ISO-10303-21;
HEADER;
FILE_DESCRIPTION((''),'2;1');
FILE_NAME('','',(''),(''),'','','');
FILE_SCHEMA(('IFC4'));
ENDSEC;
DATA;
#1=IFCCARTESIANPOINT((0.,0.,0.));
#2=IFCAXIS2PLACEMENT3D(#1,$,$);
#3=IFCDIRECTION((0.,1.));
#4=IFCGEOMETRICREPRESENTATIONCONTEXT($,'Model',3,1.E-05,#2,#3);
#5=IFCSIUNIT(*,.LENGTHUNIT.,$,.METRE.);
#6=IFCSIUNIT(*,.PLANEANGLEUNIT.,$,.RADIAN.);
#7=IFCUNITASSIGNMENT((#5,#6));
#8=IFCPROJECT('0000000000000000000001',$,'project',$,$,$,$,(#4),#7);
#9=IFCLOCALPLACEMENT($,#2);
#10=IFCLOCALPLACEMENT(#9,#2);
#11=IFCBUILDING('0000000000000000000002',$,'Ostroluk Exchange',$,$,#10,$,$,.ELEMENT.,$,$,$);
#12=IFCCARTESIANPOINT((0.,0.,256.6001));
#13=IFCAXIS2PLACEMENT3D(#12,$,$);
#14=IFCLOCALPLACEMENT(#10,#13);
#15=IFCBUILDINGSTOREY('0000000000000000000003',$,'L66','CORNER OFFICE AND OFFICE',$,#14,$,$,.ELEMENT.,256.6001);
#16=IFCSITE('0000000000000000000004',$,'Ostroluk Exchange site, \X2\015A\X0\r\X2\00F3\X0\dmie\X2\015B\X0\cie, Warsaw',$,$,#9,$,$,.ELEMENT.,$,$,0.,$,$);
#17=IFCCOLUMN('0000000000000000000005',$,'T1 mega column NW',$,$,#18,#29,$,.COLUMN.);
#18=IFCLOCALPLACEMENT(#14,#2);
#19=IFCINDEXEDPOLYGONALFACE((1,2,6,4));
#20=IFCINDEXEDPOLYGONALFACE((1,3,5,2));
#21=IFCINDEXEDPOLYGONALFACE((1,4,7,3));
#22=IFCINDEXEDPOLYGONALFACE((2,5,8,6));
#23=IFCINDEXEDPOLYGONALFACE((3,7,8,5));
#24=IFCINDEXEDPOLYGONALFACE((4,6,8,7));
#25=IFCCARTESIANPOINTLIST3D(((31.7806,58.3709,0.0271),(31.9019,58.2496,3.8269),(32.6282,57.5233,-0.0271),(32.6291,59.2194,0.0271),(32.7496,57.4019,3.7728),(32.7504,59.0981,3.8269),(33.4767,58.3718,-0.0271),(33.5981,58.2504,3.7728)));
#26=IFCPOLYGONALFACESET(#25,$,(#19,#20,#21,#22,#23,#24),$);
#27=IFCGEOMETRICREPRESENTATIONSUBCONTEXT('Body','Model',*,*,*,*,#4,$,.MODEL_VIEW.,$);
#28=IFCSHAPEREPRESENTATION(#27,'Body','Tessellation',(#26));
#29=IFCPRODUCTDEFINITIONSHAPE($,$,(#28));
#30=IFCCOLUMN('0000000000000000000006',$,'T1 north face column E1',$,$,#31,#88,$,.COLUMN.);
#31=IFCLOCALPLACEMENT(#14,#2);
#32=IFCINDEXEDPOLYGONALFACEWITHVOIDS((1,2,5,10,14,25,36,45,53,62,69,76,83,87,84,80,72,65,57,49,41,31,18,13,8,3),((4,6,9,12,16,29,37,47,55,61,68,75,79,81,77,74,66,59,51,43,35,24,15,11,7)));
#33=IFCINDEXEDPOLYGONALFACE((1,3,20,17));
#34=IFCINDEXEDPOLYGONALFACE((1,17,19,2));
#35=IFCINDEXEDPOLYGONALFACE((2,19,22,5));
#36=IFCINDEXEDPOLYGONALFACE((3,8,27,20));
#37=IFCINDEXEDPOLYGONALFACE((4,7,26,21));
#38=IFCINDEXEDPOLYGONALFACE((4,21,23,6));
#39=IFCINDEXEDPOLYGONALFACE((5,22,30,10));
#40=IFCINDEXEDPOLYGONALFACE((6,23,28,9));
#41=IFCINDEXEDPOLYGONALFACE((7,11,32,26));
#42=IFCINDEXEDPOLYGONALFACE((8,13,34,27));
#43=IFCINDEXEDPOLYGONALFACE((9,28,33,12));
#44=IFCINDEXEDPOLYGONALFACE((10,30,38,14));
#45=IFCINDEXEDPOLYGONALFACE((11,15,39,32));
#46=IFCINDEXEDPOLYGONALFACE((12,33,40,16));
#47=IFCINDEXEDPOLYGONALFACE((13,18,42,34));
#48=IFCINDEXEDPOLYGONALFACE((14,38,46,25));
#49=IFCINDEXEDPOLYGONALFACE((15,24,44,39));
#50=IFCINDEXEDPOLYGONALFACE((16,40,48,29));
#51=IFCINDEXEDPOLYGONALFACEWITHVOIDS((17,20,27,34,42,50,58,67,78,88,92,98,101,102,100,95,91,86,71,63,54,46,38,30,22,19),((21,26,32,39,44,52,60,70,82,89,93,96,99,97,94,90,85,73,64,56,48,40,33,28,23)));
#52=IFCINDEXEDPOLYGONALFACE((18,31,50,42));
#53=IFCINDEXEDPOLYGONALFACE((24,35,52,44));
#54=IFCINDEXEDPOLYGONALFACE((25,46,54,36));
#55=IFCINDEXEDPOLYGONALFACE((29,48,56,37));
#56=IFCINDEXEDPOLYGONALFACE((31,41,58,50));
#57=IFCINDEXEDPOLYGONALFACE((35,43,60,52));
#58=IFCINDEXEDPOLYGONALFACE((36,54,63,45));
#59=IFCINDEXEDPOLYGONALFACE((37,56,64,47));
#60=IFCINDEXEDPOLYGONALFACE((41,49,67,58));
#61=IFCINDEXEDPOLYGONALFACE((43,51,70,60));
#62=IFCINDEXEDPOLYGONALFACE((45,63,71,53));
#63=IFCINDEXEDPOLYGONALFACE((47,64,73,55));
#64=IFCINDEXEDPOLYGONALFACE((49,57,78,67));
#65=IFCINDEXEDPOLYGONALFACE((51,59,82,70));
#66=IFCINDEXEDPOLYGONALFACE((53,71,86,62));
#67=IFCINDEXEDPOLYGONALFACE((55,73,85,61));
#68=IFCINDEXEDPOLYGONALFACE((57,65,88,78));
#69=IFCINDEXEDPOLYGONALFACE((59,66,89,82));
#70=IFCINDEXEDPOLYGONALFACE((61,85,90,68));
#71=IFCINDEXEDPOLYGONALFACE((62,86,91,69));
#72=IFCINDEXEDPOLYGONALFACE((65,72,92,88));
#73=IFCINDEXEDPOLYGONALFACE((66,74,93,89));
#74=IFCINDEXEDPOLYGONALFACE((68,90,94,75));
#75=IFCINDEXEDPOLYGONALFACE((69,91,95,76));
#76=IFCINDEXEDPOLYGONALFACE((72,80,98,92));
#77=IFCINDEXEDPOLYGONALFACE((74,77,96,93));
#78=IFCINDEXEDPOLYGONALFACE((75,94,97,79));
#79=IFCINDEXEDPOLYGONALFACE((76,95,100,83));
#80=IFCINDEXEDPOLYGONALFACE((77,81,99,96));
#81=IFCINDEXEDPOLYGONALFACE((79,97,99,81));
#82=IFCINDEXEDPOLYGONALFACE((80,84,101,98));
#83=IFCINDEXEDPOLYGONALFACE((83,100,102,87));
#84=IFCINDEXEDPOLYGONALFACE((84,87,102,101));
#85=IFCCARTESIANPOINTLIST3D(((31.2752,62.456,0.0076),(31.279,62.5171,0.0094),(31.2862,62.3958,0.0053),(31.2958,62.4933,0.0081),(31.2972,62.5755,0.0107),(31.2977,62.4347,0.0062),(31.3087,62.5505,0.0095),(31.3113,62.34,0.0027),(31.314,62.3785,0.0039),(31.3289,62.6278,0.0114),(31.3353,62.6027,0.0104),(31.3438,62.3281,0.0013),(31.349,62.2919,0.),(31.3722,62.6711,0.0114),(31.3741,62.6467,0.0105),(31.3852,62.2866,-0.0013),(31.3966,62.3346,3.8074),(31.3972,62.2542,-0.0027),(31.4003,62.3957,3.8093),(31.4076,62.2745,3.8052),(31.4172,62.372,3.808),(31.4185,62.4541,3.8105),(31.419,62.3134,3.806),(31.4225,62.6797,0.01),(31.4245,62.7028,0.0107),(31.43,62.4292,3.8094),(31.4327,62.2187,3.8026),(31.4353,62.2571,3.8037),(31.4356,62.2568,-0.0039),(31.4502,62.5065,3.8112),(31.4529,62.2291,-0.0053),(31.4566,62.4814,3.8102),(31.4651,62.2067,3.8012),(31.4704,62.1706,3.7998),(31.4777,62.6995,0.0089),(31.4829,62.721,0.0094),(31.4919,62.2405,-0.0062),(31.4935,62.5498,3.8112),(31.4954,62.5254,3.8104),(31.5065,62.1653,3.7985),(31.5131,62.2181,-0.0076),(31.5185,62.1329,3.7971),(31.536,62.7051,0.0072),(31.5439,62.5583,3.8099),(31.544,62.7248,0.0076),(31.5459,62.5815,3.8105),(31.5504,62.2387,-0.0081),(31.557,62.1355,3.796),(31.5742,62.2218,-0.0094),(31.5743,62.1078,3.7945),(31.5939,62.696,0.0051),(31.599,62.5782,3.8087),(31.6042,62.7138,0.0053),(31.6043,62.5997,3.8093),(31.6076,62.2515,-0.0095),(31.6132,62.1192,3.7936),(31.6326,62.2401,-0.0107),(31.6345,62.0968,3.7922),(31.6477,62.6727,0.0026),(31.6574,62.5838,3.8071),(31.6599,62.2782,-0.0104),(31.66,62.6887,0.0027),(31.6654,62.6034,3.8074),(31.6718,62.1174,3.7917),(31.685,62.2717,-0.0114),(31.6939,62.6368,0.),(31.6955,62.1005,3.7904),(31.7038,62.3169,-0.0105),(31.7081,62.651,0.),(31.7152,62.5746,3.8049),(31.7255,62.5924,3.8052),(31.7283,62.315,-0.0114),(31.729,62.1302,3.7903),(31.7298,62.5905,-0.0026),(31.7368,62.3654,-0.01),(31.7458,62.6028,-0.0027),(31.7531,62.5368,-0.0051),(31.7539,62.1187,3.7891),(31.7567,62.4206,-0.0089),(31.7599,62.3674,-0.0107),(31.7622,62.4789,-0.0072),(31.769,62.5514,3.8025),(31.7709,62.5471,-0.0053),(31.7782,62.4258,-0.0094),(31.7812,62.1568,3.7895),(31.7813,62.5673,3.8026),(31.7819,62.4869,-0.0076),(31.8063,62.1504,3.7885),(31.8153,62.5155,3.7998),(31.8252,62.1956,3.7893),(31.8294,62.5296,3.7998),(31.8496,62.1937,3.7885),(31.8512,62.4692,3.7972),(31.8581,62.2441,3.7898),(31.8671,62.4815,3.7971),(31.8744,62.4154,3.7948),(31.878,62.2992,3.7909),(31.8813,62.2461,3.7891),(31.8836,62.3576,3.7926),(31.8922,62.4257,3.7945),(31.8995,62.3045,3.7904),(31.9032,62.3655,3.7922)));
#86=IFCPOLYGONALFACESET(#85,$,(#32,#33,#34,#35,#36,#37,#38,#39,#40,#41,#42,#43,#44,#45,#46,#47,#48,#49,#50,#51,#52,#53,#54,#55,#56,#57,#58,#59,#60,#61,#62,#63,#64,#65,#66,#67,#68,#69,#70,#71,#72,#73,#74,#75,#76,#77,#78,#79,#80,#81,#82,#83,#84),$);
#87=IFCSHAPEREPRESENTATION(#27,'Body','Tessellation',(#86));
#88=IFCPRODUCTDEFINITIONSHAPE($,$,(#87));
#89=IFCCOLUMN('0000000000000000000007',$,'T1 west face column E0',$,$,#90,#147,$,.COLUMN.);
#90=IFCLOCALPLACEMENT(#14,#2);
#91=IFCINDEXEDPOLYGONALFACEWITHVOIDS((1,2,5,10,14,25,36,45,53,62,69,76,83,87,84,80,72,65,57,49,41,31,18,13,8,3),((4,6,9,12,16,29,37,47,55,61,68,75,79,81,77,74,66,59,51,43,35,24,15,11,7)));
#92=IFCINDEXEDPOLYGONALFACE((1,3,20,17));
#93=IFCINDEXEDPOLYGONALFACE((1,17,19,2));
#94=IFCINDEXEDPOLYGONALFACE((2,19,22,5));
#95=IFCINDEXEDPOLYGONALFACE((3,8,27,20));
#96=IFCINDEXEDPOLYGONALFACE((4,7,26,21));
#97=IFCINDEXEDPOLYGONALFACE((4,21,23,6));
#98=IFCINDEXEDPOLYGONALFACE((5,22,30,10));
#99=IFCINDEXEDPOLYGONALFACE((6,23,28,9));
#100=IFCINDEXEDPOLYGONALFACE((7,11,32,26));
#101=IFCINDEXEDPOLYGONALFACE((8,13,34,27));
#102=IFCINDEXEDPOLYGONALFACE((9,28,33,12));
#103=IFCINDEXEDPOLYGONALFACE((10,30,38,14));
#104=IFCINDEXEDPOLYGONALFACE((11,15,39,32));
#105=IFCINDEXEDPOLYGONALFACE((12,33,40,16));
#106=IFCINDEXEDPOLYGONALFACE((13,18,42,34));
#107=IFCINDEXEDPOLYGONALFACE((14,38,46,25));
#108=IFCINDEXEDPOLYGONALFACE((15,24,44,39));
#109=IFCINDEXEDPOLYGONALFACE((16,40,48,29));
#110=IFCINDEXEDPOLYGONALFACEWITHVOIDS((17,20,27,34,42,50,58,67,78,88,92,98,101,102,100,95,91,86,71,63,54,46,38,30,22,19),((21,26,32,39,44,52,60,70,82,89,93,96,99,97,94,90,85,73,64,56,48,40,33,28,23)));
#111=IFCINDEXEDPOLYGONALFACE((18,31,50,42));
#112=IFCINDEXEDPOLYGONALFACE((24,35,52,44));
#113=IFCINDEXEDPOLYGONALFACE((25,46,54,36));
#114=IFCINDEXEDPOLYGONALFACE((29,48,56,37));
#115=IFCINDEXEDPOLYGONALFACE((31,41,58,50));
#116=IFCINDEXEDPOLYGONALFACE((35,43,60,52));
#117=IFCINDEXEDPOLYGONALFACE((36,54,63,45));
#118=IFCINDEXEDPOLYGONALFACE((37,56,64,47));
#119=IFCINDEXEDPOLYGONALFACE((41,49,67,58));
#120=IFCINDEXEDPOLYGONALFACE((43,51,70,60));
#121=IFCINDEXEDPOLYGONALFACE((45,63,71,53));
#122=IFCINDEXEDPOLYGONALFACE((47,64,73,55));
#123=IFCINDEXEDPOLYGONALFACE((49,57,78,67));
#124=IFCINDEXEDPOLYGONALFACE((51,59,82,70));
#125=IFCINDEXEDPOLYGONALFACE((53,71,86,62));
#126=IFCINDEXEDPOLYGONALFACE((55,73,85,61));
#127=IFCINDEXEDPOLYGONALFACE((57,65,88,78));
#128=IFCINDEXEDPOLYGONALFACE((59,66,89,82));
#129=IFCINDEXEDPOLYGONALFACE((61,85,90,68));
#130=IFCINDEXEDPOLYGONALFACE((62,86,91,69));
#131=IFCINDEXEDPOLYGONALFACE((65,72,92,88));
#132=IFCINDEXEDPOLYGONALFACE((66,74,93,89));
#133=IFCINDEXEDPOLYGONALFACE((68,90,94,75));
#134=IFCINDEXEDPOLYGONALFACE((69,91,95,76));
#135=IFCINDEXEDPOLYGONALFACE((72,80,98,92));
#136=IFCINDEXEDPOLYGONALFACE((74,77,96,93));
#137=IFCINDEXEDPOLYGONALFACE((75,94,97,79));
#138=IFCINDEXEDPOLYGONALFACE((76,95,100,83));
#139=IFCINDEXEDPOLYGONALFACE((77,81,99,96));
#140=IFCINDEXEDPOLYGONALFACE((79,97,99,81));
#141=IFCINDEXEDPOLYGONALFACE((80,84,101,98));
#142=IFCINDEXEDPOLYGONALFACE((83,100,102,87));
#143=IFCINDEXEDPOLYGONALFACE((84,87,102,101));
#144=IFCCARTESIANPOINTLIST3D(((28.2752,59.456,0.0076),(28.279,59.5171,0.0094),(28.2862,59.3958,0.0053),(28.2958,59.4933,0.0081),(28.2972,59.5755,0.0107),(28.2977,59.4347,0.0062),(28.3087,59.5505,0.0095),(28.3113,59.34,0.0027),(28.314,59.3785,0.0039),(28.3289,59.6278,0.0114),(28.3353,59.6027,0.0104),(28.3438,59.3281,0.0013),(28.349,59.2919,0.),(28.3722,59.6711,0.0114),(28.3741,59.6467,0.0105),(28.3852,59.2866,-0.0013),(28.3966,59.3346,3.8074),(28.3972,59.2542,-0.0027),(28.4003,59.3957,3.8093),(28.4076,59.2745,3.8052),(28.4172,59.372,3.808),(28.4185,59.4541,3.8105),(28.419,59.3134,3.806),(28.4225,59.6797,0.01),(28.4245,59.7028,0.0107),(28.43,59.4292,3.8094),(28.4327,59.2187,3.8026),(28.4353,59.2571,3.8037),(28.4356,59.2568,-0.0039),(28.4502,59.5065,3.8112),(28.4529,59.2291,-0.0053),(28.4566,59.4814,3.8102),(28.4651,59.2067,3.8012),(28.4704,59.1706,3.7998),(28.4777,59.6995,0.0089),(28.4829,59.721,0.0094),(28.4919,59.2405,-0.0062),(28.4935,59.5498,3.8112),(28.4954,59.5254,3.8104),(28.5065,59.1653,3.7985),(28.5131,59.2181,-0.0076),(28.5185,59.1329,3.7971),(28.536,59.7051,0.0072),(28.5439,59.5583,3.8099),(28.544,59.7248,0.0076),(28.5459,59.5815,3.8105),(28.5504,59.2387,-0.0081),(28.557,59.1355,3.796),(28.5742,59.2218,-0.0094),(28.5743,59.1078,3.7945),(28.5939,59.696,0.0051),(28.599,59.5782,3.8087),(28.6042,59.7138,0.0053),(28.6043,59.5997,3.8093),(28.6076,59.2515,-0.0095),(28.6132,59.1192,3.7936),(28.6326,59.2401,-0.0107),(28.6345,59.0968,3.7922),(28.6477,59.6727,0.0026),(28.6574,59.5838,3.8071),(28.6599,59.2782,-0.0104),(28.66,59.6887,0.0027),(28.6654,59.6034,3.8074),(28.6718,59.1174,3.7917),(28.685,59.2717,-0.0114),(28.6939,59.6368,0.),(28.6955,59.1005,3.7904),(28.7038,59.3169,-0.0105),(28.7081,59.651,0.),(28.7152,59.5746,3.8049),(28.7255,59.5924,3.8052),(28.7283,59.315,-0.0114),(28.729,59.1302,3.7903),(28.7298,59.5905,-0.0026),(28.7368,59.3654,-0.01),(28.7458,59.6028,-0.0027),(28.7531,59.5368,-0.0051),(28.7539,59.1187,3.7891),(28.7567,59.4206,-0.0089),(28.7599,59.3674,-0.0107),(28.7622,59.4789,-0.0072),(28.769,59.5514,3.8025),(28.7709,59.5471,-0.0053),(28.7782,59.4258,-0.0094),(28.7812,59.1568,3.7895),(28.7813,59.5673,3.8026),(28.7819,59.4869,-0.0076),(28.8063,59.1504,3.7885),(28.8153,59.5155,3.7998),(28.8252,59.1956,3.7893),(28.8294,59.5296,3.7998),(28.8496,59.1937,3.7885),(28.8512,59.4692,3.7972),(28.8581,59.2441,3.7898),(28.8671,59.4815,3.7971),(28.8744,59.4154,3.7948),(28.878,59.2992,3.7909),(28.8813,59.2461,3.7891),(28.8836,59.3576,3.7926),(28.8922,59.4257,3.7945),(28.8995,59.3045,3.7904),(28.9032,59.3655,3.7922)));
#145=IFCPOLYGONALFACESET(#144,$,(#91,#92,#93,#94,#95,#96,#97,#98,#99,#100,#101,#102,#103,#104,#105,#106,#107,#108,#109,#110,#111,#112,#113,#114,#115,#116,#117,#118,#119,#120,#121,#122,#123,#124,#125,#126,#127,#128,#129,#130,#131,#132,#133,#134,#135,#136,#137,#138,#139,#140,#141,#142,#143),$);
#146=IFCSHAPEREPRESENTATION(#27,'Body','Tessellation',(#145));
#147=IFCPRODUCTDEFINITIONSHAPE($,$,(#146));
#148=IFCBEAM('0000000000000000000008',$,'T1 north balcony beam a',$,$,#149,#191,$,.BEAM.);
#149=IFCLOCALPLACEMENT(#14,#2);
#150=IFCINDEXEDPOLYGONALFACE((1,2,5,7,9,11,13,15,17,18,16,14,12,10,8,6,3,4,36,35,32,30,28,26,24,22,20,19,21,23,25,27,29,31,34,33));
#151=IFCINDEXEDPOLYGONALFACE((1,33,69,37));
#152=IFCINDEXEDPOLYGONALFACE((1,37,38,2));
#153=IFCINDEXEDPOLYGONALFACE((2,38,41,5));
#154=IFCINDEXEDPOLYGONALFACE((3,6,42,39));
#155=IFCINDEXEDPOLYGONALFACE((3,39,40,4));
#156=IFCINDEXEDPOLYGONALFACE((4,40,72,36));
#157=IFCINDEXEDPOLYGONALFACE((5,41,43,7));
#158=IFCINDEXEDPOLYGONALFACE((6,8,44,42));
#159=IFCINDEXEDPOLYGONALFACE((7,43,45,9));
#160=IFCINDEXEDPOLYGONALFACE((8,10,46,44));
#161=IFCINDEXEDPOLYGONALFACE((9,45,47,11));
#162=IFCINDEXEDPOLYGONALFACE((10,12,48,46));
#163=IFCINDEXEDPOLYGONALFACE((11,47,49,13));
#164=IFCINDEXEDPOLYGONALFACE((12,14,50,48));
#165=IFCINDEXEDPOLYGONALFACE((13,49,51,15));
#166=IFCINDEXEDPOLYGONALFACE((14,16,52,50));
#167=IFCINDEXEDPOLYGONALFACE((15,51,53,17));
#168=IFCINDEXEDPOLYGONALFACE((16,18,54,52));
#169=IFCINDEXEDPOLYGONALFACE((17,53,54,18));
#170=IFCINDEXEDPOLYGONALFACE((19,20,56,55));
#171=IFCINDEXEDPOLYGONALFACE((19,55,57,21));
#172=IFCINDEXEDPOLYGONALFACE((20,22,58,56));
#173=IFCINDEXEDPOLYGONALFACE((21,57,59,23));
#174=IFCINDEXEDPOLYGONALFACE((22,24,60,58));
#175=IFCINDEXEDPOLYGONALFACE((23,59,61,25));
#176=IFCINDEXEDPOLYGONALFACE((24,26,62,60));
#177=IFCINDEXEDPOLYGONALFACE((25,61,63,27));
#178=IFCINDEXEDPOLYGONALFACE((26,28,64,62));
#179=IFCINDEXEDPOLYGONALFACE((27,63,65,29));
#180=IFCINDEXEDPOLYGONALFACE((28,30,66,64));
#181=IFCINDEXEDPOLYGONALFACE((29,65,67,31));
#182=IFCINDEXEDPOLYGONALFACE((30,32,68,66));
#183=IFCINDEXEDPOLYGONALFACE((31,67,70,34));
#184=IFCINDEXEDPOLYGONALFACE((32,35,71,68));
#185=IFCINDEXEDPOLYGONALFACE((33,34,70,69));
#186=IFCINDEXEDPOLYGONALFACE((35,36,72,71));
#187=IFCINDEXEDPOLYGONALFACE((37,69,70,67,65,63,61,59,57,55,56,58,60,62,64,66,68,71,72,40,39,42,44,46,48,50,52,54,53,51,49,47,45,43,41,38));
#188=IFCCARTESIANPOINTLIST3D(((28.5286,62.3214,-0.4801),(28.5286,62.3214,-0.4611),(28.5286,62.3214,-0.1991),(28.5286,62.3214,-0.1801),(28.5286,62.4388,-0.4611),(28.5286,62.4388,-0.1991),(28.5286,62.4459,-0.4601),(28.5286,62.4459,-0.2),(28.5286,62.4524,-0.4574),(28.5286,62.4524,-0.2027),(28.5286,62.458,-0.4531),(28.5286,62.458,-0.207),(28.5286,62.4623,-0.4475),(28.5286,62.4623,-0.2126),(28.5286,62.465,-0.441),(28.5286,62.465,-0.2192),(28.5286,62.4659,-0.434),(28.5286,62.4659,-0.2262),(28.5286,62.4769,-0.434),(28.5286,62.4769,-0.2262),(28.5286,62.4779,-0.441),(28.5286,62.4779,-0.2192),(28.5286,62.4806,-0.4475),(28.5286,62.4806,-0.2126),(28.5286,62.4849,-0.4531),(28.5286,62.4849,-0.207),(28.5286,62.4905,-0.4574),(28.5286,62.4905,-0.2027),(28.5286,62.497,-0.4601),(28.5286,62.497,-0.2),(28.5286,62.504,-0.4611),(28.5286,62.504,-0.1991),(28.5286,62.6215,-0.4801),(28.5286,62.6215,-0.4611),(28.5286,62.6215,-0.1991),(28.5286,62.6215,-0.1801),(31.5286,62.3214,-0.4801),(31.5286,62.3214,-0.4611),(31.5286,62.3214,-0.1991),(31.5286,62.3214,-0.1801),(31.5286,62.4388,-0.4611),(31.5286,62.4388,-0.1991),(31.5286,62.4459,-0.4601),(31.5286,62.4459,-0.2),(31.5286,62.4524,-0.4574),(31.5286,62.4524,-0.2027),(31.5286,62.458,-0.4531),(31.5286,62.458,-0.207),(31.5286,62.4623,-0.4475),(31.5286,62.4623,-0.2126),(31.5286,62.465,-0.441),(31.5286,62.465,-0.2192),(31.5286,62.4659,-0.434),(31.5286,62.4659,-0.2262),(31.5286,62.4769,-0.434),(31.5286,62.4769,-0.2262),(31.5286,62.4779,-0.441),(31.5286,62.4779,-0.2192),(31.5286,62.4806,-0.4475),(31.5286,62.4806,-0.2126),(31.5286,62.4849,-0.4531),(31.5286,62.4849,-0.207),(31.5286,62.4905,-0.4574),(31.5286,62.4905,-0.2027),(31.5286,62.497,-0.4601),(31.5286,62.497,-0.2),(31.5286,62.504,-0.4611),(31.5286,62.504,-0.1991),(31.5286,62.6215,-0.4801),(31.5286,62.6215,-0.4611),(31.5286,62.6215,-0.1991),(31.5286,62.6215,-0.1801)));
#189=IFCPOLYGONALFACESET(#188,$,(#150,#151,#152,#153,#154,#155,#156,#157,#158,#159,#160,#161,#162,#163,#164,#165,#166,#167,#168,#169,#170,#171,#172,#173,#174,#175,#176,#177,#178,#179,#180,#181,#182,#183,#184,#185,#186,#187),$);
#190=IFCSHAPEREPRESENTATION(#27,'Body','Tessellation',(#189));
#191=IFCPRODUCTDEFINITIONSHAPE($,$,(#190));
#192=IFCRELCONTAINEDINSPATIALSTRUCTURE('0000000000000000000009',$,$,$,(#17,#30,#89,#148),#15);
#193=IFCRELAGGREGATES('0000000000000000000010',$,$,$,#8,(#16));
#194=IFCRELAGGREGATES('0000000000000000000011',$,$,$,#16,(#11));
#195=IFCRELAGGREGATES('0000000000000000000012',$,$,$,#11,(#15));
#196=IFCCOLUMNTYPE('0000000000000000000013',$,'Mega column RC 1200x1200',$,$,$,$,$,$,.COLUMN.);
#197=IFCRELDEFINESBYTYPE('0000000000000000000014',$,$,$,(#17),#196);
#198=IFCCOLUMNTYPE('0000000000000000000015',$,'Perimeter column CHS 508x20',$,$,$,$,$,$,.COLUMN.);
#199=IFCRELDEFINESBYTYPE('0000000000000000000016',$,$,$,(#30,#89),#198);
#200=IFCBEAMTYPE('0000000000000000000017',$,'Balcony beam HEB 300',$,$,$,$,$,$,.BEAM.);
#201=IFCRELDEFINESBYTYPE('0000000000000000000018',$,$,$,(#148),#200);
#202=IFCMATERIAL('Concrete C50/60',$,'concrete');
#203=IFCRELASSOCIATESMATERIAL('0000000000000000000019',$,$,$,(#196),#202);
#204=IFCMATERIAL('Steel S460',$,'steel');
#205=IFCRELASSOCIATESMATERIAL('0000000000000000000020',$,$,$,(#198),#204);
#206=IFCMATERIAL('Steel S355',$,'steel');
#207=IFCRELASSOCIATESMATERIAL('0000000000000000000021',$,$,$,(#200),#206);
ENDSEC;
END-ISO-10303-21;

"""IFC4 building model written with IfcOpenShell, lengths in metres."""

from ifc_helpers import new_model, si_unit, direction, frame, origin, origin_2d, place, context, subcontext, project, spatial, rectangle, hollow_circle, i_section, extrude, material, material_profile, profile_set, type_object, element, save


model = new_model("IFC4")

# Units and contexts
model_context = context("Model", 3, precision=1e-05, world=origin(), true_north=direction((0.0, 1.0)))
body_context = subcontext(model_context, "Body", "Model", "MODEL_VIEW")
ifc_project = project(units=[si_unit("LENGTHUNIT", "METRE"), si_unit("PLANEANGLEUNIT", "RADIAN")], contexts=[model_context])

# Site, building, storey
site_placement = place(None, origin())
site = spatial("IfcSite", under=ifc_project, at=site_placement, Name="Ostroluk Exchange site, Śródmieście, Warsaw", CompositionType="ELEMENT", RefElevation=0.0)
building_placement = place(site_placement, origin())
building = spatial("IfcBuilding", under=site, at=building_placement, Name="Ostroluk Exchange", CompositionType="ELEMENT")
storey_placement = place(building_placement, frame((0.0, 0.0, 256.6001)))
storey = spatial("IfcBuildingStorey", under=building, at=storey_placement, Name="L66", Description="CORNER OFFICE AND OFFICE", CompositionType="ELEMENT", Elevation=256.6001)

# Columns
ifc_material_1 = material(Name="Concrete C50/60", Category="concrete")
ifc_material_profile_1 = material_profile(ifc_material_1, rectangle(XDim=1.2, YDim=1.2, at=origin_2d()), Name="RC 1200x1200")
ifc_profile_set_1 = profile_set([ifc_material_profile_1], Name="Concrete C50/60")
column_type_1 = type_object("IfcColumnType", Name="Mega column RC 1200x1200", PredefinedType="COLUMN", material=ifc_profile_set_1)
column_placement = place(storey_placement, frame((32.6287, 58.3713, 0.0), z_axis=(0.0319, -0.0319, 0.998982), x_axis=(0.707107, 0.707107, 0.0)))
element("IfcColumn", 1, at=column_placement, inside=storey, type_object=column_type_1, Name="T1 mega column NW", PredefinedType="COLUMN", context=body_context, shape_type="SweptSolid", body=[
    extrude(rectangle(XDim=1.2, YDim=1.2, at=origin_2d()), origin(), (0.0, 0.0, 1.0), 3.8037),
])
ifc_material_2 = material(Name="Steel S460", Category="steel")
ifc_material_profile_2 = material_profile(ifc_material_2, hollow_circle(Radius=0.2539, WallThickness=0.02, at=origin_2d()), Name="CHS 508x20")
ifc_profile_set_2 = profile_set([ifc_material_profile_2], Name="Steel S460")
column_type_2 = type_object("IfcColumnType", Name="Perimeter column CHS 508x20", PredefinedType="COLUMN", material=ifc_profile_set_2)
for number, where, z_axis, x_axis, name in (
    (2, (31.5286, 62.4714, 0.0), (0.0319, -0.0319, 0.998982), (0.707107, 0.707107, 0.0), "T1 north face column E1"),
    (3, (28.5286, 59.4714, 0.0), (0.0319, -0.0319, 0.998982), (0.707107, 0.707107, 0.0), "T1 west face column E0"),
):
    element("IfcColumn", number, at=place(storey_placement, frame(where, z_axis=z_axis, x_axis=x_axis)), inside=storey, type_object=column_type_2, Name=name, PredefinedType="COLUMN", context=body_context, shape_type="SweptSolid", body=[
        extrude(hollow_circle(Radius=0.2539, WallThickness=0.02, at=origin_2d()), origin(), (0.0, 0.0, 1.0), 3.8037),
    ])

# Beam
ifc_material_3 = material(Name="Steel S355", Category="steel")
ifc_material_profile_3 = material_profile(ifc_material_3, i_section(OverallWidth=0.3, OverallDepth=0.3, WebThickness=0.011, FlangeThickness=0.019, FilletRadius=0.0271, at=origin_2d()), Name="HEB 300")
ifc_profile_set_3 = profile_set([ifc_material_profile_3], Name="Steel S355")
beam_type_1 = type_object("IfcBeamType", Name="Balcony beam HEB 300", PredefinedType="BEAM", material=ifc_profile_set_3)
for number, where, z_axis, x_axis, name in (
    (4, (31.5286, 62.4714, -0.3301), (-1.0, 0.0, 0.0), (0.0, -1.0, 0.0), "T1 north balcony beam a"),
):
    element("IfcBeam", number, at=place(storey_placement, frame(where, z_axis=z_axis, x_axis=x_axis)), inside=storey, type_object=beam_type_1, Name=name, PredefinedType="BEAM", context=body_context, shape_type="SweptSolid", body=[
        extrude(i_section(OverallWidth=0.3, OverallDepth=0.3, WebThickness=0.011, FlangeThickness=0.019, FilletRadius=0.0271, at=origin_2d()), origin(), (0.0, 0.0, 1.0), 3.0),
    ])

save(model, "model.ifc")
